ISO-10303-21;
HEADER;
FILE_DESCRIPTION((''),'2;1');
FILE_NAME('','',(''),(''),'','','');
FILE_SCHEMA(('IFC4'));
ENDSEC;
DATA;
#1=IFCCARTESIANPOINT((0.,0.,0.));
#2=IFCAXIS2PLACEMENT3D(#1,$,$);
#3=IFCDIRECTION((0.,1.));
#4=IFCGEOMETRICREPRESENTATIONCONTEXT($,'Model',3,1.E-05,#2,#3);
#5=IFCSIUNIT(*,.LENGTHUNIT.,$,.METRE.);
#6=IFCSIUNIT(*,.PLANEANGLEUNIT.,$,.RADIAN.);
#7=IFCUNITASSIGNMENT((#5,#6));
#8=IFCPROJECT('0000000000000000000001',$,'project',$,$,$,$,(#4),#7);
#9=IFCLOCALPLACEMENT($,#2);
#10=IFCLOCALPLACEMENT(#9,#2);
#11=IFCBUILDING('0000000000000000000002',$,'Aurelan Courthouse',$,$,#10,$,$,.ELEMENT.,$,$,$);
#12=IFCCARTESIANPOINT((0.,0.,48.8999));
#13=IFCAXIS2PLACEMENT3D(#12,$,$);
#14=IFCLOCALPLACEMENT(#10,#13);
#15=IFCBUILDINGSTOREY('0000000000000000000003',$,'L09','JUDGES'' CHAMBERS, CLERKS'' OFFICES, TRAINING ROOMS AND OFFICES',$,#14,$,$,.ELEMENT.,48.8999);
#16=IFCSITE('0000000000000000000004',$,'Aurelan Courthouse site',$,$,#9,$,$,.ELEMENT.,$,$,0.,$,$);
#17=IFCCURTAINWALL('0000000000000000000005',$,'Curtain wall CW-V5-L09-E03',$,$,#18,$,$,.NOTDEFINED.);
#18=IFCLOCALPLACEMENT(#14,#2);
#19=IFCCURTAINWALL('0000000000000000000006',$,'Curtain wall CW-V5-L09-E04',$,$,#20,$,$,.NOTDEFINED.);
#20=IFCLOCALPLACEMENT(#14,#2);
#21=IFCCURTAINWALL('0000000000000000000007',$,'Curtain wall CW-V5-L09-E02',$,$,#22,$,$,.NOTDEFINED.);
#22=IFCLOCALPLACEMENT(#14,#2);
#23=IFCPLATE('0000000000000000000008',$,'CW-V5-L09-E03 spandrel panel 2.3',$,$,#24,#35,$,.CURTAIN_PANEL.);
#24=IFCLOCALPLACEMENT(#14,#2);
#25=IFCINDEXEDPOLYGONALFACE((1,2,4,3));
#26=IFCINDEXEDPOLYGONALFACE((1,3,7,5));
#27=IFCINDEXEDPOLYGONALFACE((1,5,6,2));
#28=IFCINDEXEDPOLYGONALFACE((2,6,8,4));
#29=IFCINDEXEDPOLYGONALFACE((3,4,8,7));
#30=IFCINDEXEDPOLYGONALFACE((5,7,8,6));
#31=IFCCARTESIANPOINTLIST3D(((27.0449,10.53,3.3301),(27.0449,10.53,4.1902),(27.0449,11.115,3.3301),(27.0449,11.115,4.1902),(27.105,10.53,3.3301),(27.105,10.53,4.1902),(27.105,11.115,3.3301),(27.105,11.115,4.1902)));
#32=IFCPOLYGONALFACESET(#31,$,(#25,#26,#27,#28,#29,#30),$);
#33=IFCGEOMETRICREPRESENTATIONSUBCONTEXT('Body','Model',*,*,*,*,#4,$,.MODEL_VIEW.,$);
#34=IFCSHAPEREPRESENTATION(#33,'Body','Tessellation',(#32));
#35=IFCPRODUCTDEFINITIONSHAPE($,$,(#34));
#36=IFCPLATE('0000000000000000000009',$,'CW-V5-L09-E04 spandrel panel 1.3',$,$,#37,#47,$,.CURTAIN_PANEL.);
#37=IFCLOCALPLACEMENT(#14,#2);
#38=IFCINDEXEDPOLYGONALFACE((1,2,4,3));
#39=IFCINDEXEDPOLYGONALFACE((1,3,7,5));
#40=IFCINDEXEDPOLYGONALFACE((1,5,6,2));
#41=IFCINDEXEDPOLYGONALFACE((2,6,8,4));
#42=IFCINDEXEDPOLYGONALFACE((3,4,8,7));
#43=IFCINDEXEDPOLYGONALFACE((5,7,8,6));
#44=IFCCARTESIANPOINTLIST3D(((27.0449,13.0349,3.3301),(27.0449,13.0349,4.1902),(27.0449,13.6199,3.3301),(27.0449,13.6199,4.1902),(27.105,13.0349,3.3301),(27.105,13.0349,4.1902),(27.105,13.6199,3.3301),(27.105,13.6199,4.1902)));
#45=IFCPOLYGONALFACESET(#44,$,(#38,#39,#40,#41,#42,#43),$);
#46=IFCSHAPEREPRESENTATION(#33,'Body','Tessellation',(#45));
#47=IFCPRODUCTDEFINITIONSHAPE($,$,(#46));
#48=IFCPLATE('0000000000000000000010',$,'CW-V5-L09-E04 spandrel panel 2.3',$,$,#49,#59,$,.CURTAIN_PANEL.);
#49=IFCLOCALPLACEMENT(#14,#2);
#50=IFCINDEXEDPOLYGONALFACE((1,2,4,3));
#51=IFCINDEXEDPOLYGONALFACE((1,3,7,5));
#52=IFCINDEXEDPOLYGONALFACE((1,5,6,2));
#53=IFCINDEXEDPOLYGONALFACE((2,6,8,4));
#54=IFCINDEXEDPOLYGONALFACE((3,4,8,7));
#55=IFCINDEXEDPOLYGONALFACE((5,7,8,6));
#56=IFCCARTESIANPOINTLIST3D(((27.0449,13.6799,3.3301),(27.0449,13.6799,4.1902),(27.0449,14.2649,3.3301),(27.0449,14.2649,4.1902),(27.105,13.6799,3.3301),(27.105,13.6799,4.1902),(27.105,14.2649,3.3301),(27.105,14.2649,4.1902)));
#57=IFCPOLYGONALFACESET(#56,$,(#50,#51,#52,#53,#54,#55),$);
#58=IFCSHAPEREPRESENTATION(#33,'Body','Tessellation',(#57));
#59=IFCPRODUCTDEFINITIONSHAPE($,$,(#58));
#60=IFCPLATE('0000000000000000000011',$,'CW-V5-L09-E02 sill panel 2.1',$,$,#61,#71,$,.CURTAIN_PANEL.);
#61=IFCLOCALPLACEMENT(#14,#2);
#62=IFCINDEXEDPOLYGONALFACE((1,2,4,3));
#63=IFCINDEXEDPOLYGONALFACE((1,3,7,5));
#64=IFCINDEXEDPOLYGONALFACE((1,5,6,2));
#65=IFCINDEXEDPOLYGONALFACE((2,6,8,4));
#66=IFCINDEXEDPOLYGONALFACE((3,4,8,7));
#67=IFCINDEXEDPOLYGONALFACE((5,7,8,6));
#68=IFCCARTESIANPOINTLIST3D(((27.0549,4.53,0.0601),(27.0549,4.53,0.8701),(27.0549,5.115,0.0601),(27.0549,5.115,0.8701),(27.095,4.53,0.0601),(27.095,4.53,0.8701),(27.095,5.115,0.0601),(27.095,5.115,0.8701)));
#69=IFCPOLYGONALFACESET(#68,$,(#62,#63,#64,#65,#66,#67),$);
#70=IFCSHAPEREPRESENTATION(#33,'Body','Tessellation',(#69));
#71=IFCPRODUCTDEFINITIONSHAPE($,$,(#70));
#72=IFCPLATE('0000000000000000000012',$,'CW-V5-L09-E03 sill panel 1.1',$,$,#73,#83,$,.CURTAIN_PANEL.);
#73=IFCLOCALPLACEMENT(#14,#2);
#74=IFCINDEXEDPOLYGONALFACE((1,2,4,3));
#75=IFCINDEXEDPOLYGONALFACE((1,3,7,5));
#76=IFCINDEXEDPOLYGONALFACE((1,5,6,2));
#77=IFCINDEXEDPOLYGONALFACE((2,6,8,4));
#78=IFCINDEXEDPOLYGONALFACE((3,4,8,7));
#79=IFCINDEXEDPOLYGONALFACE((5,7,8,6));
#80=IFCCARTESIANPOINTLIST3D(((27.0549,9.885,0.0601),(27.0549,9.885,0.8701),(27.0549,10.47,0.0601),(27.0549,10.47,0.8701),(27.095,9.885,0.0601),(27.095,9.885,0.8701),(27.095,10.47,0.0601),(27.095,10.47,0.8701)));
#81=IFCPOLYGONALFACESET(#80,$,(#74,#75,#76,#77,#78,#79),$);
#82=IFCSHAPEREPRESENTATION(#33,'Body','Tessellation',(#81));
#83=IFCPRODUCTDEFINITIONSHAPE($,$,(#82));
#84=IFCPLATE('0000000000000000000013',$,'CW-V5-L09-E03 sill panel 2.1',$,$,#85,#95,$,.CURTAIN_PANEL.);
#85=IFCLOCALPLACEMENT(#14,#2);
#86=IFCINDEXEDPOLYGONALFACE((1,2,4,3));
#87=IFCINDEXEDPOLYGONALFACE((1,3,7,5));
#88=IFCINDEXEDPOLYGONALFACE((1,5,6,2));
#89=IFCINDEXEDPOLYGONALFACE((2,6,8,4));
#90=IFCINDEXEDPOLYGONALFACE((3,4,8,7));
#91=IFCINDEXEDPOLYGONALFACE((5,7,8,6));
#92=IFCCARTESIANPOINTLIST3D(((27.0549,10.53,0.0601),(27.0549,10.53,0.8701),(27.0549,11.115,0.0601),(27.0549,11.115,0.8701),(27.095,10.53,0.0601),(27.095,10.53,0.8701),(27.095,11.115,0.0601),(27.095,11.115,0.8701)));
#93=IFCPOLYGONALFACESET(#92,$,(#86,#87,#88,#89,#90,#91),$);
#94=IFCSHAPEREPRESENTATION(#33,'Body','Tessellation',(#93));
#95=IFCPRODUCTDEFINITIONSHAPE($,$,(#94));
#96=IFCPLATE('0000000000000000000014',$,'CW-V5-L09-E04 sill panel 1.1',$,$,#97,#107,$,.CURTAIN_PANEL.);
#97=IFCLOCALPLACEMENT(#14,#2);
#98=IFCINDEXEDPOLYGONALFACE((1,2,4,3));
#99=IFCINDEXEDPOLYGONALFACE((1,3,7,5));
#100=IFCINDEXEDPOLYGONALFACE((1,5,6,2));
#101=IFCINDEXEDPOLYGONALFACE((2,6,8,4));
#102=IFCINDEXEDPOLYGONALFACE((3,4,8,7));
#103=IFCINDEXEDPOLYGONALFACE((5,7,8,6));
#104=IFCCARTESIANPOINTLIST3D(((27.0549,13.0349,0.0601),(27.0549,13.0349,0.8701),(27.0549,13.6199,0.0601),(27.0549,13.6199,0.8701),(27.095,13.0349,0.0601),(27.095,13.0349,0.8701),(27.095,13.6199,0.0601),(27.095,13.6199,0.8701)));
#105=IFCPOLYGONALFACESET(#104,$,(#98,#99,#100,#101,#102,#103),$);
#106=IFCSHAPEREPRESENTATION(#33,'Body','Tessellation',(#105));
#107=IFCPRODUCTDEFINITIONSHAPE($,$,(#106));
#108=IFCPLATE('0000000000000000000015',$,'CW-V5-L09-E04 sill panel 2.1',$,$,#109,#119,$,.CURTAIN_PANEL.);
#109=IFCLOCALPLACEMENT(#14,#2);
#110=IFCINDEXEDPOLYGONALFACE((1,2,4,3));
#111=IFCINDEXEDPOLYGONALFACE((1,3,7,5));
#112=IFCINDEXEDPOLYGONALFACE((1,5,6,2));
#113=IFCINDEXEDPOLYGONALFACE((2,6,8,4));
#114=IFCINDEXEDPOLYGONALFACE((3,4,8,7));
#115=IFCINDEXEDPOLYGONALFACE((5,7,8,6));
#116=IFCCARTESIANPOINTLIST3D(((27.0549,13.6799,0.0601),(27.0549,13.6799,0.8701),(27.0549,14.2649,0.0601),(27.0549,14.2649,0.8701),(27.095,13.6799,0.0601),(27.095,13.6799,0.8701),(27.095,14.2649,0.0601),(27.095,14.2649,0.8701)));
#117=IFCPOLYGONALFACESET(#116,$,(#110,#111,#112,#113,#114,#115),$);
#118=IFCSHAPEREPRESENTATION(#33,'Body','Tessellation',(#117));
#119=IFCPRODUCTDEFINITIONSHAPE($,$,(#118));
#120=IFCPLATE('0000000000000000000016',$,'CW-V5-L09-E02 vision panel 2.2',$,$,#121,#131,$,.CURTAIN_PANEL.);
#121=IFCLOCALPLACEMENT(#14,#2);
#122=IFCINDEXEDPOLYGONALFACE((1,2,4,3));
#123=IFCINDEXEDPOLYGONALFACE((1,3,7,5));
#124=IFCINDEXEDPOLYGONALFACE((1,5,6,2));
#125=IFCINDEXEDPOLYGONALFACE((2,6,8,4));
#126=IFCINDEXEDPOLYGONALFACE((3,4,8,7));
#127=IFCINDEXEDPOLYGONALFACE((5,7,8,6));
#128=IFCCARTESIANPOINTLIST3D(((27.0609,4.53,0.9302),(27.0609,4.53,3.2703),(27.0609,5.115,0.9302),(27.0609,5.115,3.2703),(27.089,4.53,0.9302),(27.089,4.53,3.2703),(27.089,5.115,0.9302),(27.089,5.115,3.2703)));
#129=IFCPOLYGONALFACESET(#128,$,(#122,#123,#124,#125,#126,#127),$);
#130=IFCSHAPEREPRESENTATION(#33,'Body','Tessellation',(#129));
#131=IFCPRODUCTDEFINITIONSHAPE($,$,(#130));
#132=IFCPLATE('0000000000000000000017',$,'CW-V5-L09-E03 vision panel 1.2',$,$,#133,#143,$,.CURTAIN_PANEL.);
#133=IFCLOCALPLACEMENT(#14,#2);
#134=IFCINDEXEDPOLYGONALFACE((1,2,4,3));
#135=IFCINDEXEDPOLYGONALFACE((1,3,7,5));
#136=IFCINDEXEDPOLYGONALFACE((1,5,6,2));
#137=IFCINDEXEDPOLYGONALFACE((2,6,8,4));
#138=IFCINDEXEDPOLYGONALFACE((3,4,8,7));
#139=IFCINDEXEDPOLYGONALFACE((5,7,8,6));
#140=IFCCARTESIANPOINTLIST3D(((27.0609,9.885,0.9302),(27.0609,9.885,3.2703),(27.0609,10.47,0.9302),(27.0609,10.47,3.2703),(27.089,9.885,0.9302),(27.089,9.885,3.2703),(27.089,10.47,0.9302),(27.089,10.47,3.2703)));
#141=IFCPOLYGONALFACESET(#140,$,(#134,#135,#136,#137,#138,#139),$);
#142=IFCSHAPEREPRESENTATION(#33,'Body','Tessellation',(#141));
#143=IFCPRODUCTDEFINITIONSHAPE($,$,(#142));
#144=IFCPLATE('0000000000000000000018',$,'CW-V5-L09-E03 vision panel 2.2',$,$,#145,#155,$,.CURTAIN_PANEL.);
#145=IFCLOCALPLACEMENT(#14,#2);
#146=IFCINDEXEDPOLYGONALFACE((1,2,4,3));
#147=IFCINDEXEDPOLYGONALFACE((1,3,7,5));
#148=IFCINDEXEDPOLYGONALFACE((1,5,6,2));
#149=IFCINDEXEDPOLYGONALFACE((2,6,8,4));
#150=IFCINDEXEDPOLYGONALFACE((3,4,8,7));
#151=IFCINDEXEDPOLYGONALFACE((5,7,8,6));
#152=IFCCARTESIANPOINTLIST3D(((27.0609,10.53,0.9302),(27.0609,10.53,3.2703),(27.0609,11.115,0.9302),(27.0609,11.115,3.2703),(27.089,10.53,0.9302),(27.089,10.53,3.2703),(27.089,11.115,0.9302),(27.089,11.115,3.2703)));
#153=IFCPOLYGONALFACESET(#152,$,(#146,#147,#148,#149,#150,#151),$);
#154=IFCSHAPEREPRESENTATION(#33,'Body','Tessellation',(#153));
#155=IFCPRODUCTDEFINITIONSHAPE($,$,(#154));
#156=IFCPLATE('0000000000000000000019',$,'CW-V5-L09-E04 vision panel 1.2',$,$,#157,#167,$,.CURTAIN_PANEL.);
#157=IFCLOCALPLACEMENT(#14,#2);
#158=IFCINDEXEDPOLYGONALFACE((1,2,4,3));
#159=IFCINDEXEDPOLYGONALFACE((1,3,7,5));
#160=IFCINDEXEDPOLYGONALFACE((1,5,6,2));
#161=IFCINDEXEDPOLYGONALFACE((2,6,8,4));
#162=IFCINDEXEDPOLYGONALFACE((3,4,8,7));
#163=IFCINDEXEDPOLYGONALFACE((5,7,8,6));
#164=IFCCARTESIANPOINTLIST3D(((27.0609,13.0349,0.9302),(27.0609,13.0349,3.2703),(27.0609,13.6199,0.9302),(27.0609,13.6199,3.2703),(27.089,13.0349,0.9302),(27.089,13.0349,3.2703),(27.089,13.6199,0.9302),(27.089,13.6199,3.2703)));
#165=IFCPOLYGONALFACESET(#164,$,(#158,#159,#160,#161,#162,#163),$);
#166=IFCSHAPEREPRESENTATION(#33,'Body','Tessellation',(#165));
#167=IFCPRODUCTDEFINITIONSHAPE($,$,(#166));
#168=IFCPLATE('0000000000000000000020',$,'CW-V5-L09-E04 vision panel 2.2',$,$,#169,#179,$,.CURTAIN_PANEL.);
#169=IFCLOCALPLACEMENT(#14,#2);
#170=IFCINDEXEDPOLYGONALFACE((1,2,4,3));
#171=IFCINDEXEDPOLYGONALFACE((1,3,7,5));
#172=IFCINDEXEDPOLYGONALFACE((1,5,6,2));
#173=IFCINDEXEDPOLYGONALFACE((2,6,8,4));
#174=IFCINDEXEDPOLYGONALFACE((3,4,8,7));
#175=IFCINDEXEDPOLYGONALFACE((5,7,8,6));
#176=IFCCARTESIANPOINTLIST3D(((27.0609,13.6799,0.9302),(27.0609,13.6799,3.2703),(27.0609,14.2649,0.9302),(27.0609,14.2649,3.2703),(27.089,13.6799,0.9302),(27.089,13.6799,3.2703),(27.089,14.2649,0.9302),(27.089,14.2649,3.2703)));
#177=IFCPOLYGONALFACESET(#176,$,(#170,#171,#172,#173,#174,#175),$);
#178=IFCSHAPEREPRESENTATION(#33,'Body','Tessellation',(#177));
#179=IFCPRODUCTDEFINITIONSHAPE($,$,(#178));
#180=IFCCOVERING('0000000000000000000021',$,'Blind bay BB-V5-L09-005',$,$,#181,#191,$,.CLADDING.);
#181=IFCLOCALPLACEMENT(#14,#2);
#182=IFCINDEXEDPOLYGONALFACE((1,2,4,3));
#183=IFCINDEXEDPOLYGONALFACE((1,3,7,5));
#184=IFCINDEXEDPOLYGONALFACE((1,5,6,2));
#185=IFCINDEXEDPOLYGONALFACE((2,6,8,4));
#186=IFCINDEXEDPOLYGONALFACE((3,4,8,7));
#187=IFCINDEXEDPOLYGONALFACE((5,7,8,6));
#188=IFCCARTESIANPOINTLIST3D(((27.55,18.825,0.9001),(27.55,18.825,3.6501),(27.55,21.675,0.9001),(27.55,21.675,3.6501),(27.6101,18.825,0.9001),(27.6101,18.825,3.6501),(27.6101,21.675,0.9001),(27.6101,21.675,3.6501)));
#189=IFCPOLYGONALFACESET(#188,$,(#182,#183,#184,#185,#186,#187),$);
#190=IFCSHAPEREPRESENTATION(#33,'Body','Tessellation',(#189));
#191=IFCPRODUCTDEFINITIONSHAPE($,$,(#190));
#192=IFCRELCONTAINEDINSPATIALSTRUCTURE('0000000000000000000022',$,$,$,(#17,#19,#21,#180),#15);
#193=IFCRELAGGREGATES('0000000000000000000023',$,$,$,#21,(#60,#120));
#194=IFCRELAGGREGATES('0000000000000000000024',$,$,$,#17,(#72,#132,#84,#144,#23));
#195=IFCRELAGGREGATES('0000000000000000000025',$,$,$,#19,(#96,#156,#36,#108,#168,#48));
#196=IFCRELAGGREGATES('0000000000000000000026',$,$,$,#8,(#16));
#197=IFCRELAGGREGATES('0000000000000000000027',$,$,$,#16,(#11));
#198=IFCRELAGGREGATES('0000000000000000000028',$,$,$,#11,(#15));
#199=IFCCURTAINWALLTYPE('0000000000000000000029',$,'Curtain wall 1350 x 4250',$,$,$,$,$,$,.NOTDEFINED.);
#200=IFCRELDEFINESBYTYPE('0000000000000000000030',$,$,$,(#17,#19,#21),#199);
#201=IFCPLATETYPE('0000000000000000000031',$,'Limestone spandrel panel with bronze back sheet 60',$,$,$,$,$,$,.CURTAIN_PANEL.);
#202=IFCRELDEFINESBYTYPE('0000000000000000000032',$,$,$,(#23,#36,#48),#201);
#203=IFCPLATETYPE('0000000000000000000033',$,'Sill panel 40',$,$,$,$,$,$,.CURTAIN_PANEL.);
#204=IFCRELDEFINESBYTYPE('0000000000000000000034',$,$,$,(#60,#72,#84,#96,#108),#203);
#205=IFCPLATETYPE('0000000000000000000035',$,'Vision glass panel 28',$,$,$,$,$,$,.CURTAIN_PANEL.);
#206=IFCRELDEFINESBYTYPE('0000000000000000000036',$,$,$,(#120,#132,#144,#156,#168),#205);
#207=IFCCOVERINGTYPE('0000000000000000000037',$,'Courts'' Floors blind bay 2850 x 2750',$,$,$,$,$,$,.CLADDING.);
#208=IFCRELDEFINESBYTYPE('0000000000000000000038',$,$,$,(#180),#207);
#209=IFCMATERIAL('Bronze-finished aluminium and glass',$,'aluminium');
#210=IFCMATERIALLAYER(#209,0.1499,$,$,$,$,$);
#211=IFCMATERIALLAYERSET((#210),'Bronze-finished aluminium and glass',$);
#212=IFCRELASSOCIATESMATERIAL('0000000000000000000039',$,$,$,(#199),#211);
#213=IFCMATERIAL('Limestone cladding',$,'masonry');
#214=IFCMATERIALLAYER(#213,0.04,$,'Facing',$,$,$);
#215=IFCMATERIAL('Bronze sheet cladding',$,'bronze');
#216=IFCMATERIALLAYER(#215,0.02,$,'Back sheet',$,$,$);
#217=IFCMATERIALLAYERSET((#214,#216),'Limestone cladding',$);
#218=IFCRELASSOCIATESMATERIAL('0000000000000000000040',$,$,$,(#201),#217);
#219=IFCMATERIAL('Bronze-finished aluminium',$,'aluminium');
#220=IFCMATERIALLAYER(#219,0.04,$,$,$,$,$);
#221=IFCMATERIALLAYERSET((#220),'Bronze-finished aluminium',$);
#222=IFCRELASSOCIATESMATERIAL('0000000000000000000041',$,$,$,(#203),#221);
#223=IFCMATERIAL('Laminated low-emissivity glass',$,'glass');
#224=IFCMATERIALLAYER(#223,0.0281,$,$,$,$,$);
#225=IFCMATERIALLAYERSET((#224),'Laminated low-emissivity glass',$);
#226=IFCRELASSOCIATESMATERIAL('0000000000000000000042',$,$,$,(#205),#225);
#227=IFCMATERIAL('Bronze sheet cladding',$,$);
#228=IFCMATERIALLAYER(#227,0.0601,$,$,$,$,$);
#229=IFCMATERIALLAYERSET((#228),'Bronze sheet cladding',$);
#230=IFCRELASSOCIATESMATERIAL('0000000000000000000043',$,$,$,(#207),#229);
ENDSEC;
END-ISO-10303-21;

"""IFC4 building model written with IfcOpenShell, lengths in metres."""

from ifc_helpers import new_model, si_unit, direction, frame, origin, origin_2d, place, context, subcontext, project, spatial, rectangle, extrude, material, layer, layer_set, type_object, element, aggregate, save


model = new_model("IFC4")

# Units and contexts
model_context = context("Model", 3, precision=1e-05, world=origin(), true_north=direction((0.0, 1.0)))
body_context = subcontext(model_context, "Body", "Model", "MODEL_VIEW")
ifc_project = project(units=[si_unit("LENGTHUNIT", "METRE"), si_unit("PLANEANGLEUNIT", "RADIAN")], contexts=[model_context])

# Site, building, storey
site_placement = place(None, origin())
site = spatial("IfcSite", under=ifc_project, at=site_placement, Name="Aurelan Courthouse site", CompositionType="ELEMENT", RefElevation=0.0)
building_placement = place(site_placement, origin())
building = spatial("IfcBuilding", under=site, at=building_placement, Name="Aurelan Courthouse", CompositionType="ELEMENT")
storey_placement = place(building_placement, frame((0.0, 0.0, 48.8999)))
storey = spatial("IfcBuildingStorey", under=building, at=storey_placement, Name="L09", Description="JUDGES' CHAMBERS, CLERKS' OFFICES, TRAINING ROOMS AND OFFICES", CompositionType="ELEMENT", Elevation=48.8999)

# Curtain walls
ifc_material_1 = material(Name="Bronze-finished aluminium and glass", Category="aluminium")
ifc_layer_1 = layer(ifc_material_1, 0.1499)
ifc_layer_set_1 = layer_set([ifc_layer_1], Name="Bronze-finished aluminium and glass")
curtain_wall_type = type_object("IfcCurtainWallType", Name="Curtain wall 1350 x 4250", PredefinedType="NOTDEFINED", material=ifc_layer_set_1)
curtain_wall_1_placement = place(storey_placement, origin())
curtain_wall_1 = element("IfcCurtainWall", 1, at=curtain_wall_1_placement, inside=storey, type_object=curtain_wall_type, Name="Curtain wall CW-V5-L09-E03", PredefinedType="NOTDEFINED")
ifc_material_2 = material(Name="Bronze-finished aluminium", Category="aluminium")
curtain_wall_2_placement = place(storey_placement, origin())
curtain_wall_2 = element("IfcCurtainWall", 2, at=curtain_wall_2_placement, inside=storey, type_object=curtain_wall_type, Name="Curtain wall CW-V5-L09-E04", PredefinedType="NOTDEFINED")

# Curtain wall
curtain_wall_3_placement = place(storey_placement, origin())
curtain_wall_3 = element("IfcCurtainWall", 3, at=curtain_wall_3_placement, inside=storey, type_object=curtain_wall_type, Name="Curtain wall CW-V5-L09-E02", PredefinedType="NOTDEFINED")
ifc_material_3 = material(Name="Limestone cladding", Category="masonry")
ifc_layer_2 = layer(ifc_material_3, 0.04, Name="Facing")
ifc_material_4 = material(Name="Bronze sheet cladding", Category="bronze")
ifc_layer_3 = layer(ifc_material_4, 0.02, Name="Back sheet")
ifc_layer_set_2 = layer_set([ifc_layer_2, ifc_layer_3], Name="Limestone cladding")
plate_type_1 = type_object("IfcPlateType", Name="Limestone spandrel panel with bronze back sheet 60", PredefinedType="CURTAIN_PANEL", material=ifc_layer_set_2)

# Plates
plate_1_placement = place(storey_placement, frame((27.075, 10.8225, 3.3301), z_axis=(0.0, 0.0, 1.0), x_axis=(0.0, 1.0, 0.0)))
plate_1 = element("IfcPlate", 4, at=plate_1_placement, type_object=plate_type_1, Name="CW-V5-L09-E03 spandrel panel 2.3", PredefinedType="CURTAIN_PANEL", context=body_context, shape_type="SweptSolid", body=[
    extrude(rectangle(XDim=0.585, YDim=0.0601, at=origin_2d()), origin(), (0.0, 0.0, 1.0), 0.8601),
])
plate_2_placement = place(storey_placement, frame((27.075, 13.3274, 3.3301), z_axis=(0.0, 0.0, 1.0), x_axis=(0.0, 1.0, 0.0)))
plate_2 = element("IfcPlate", 5, at=plate_2_placement, type_object=plate_type_1, Name="CW-V5-L09-E04 spandrel panel 1.3", PredefinedType="CURTAIN_PANEL", context=body_context, shape_type="SweptSolid", body=[
    extrude(rectangle(XDim=0.585, YDim=0.0601, at=origin_2d()), origin(), (0.0, 0.0, 1.0), 0.8601),
])
plate_3_placement = place(storey_placement, frame((27.075, 13.9724, 3.3301), z_axis=(0.0, 0.0, 1.0), x_axis=(0.0, 1.0, 0.0)))
plate_3 = element("IfcPlate", 6, at=plate_3_placement, type_object=plate_type_1, Name="CW-V5-L09-E04 spandrel panel 2.3", PredefinedType="CURTAIN_PANEL", context=body_context, shape_type="SweptSolid", body=[
    extrude(rectangle(XDim=0.585, YDim=0.0601, at=origin_2d()), origin(), (0.0, 0.0, 1.0), 0.8601),
])
ifc_layer_4 = layer(ifc_material_2, 0.04)
ifc_layer_set_3 = layer_set([ifc_layer_4], Name="Bronze-finished aluminium")
plate_type_2 = type_object("IfcPlateType", Name="Sill panel 40", PredefinedType="CURTAIN_PANEL", material=ifc_layer_set_3)
plate_4_placement = place(storey_placement, frame((27.075, 4.8225, 0.0601), z_axis=(0.0, 0.0, 1.0), x_axis=(0.0, 1.0, 0.0)))
plate_4 = element("IfcPlate", 7, at=plate_4_placement, type_object=plate_type_2, Name="CW-V5-L09-E02 sill panel 2.1", PredefinedType="CURTAIN_PANEL", context=body_context, shape_type="SweptSolid", body=[
    extrude(rectangle(XDim=0.585, YDim=0.04, at=origin_2d()), origin(), (0.0, 0.0, 1.0), 0.8101),
])
plate_5_placement = place(storey_placement, frame((27.075, 10.1775, 0.0601), z_axis=(0.0, 0.0, 1.0), x_axis=(0.0, 1.0, 0.0)))
plate_5 = element("IfcPlate", 8, at=plate_5_placement, type_object=plate_type_2, Name="CW-V5-L09-E03 sill panel 1.1", PredefinedType="CURTAIN_PANEL", context=body_context, shape_type="SweptSolid", body=[
    extrude(rectangle(XDim=0.585, YDim=0.04, at=origin_2d()), origin(), (0.0, 0.0, 1.0), 0.8101),
])
plate_6_placement = place(storey_placement, frame((27.075, 10.8225, 0.0601), z_axis=(0.0, 0.0, 1.0), x_axis=(0.0, 1.0, 0.0)))
plate_6 = element("IfcPlate", 9, at=plate_6_placement, type_object=plate_type_2, Name="CW-V5-L09-E03 sill panel 2.1", PredefinedType="CURTAIN_PANEL", context=body_context, shape_type="SweptSolid", body=[
    extrude(rectangle(XDim=0.585, YDim=0.04, at=origin_2d()), origin(), (0.0, 0.0, 1.0), 0.8101),
])
plate_7_placement = place(storey_placement, frame((27.075, 13.3274, 0.0601), z_axis=(0.0, 0.0, 1.0), x_axis=(0.0, 1.0, 0.0)))
plate_7 = element("IfcPlate", 10, at=plate_7_placement, type_object=plate_type_2, Name="CW-V5-L09-E04 sill panel 1.1", PredefinedType="CURTAIN_PANEL", context=body_context, shape_type="SweptSolid", body=[
    extrude(rectangle(XDim=0.585, YDim=0.04, at=origin_2d()), origin(), (0.0, 0.0, 1.0), 0.8101),
])
plate_8_placement = place(storey_placement, frame((27.075, 13.9724, 0.0601), z_axis=(0.0, 0.0, 1.0), x_axis=(0.0, 1.0, 0.0)))
plate_8 = element("IfcPlate", 11, at=plate_8_placement, type_object=plate_type_2, Name="CW-V5-L09-E04 sill panel 2.1", PredefinedType="CURTAIN_PANEL", context=body_context, shape_type="SweptSolid", body=[
    extrude(rectangle(XDim=0.585, YDim=0.04, at=origin_2d()), origin(), (0.0, 0.0, 1.0), 0.8101),
])
ifc_material_5 = material(Name="Laminated low-emissivity glass", Category="glass")
ifc_layer_5 = layer(ifc_material_5, 0.0281)
ifc_layer_set_4 = layer_set([ifc_layer_5], Name="Laminated low-emissivity glass")
plate_type_3 = type_object("IfcPlateType", Name="Vision glass panel 28", PredefinedType="CURTAIN_PANEL", material=ifc_layer_set_4)
plate_9_placement = place(storey_placement, frame((27.075, 4.8225, 0.9302), z_axis=(0.0, 0.0, 1.0), x_axis=(0.0, 1.0, 0.0)))
plate_9 = element("IfcPlate", 12, at=plate_9_placement, type_object=plate_type_3, Name="CW-V5-L09-E02 vision panel 2.2", PredefinedType="CURTAIN_PANEL", context=body_context, shape_type="SweptSolid", body=[
    extrude(rectangle(XDim=0.585, YDim=0.0281, at=origin_2d()), origin(), (0.0, 0.0, 1.0), 2.3401),
])
aggregate(curtain_wall_3, [plate_4, plate_9])
plate_10_placement = place(storey_placement, frame((27.075, 10.1775, 0.9302), z_axis=(0.0, 0.0, 1.0), x_axis=(0.0, 1.0, 0.0)))
plate_10 = element("IfcPlate", 13, at=plate_10_placement, type_object=plate_type_3, Name="CW-V5-L09-E03 vision panel 1.2", PredefinedType="CURTAIN_PANEL", context=body_context, shape_type="SweptSolid", body=[
    extrude(rectangle(XDim=0.585, YDim=0.0281, at=origin_2d()), origin(), (0.0, 0.0, 1.0), 2.3401),
])
plate_11_placement = place(storey_placement, frame((27.075, 10.8225, 0.9302), z_axis=(0.0, 0.0, 1.0), x_axis=(0.0, 1.0, 0.0)))
plate_11 = element("IfcPlate", 14, at=plate_11_placement, type_object=plate_type_3, Name="CW-V5-L09-E03 vision panel 2.2", PredefinedType="CURTAIN_PANEL", context=body_context, shape_type="SweptSolid", body=[
    extrude(rectangle(XDim=0.585, YDim=0.0281, at=origin_2d()), origin(), (0.0, 0.0, 1.0), 2.3401),
])
aggregate(curtain_wall_1, [plate_5, plate_10, plate_6, plate_11, plate_1])
plate_12_placement = place(storey_placement, frame((27.075, 13.3274, 0.9302), z_axis=(0.0, 0.0, 1.0), x_axis=(0.0, 1.0, 0.0)))
plate_12 = element("IfcPlate", 15, at=plate_12_placement, type_object=plate_type_3, Name="CW-V5-L09-E04 vision panel 1.2", PredefinedType="CURTAIN_PANEL", context=body_context, shape_type="SweptSolid", body=[
    extrude(rectangle(XDim=0.585, YDim=0.0281, at=origin_2d()), origin(), (0.0, 0.0, 1.0), 2.3401),
])
plate_13_placement = place(storey_placement, frame((27.075, 13.9724, 0.9302), z_axis=(0.0, 0.0, 1.0), x_axis=(0.0, 1.0, 0.0)))
plate_13 = element("IfcPlate", 16, at=plate_13_placement, type_object=plate_type_3, Name="CW-V5-L09-E04 vision panel 2.2", PredefinedType="CURTAIN_PANEL", context=body_context, shape_type="SweptSolid", body=[
    extrude(rectangle(XDim=0.585, YDim=0.0281, at=origin_2d()), origin(), (0.0, 0.0, 1.0), 2.3401),
])
aggregate(curtain_wall_2, [plate_7, plate_12, plate_2, plate_8, plate_13, plate_3])

# Covering
ifc_material_6 = material(Name="Bronze sheet cladding")
ifc_layer_6 = layer(ifc_material_6, 0.0601)
ifc_layer_set_5 = layer_set([ifc_layer_6], Name="Bronze sheet cladding")
covering_type = type_object("IfcCoveringType", Name="Courts' Floors blind bay 2850 x 2750", PredefinedType="CLADDING", material=ifc_layer_set_5)
covering_placement = place(storey_placement, frame((27.5801, 20.25, 0.9001), z_axis=(0.0, 0.0, 1.0), x_axis=(1.0, 0.0, 0.0)))
element("IfcCovering", 17, at=covering_placement, inside=storey, type_object=covering_type, Name="Blind bay BB-V5-L09-005", PredefinedType="CLADDING", context=body_context, shape_type="SweptSolid", body=[
    extrude(rectangle(XDim=0.0601, YDim=2.8501, at=origin_2d()), origin(), (0.0, 0.0, 1.0), 2.75),
])

save(model, "model.ifc")
